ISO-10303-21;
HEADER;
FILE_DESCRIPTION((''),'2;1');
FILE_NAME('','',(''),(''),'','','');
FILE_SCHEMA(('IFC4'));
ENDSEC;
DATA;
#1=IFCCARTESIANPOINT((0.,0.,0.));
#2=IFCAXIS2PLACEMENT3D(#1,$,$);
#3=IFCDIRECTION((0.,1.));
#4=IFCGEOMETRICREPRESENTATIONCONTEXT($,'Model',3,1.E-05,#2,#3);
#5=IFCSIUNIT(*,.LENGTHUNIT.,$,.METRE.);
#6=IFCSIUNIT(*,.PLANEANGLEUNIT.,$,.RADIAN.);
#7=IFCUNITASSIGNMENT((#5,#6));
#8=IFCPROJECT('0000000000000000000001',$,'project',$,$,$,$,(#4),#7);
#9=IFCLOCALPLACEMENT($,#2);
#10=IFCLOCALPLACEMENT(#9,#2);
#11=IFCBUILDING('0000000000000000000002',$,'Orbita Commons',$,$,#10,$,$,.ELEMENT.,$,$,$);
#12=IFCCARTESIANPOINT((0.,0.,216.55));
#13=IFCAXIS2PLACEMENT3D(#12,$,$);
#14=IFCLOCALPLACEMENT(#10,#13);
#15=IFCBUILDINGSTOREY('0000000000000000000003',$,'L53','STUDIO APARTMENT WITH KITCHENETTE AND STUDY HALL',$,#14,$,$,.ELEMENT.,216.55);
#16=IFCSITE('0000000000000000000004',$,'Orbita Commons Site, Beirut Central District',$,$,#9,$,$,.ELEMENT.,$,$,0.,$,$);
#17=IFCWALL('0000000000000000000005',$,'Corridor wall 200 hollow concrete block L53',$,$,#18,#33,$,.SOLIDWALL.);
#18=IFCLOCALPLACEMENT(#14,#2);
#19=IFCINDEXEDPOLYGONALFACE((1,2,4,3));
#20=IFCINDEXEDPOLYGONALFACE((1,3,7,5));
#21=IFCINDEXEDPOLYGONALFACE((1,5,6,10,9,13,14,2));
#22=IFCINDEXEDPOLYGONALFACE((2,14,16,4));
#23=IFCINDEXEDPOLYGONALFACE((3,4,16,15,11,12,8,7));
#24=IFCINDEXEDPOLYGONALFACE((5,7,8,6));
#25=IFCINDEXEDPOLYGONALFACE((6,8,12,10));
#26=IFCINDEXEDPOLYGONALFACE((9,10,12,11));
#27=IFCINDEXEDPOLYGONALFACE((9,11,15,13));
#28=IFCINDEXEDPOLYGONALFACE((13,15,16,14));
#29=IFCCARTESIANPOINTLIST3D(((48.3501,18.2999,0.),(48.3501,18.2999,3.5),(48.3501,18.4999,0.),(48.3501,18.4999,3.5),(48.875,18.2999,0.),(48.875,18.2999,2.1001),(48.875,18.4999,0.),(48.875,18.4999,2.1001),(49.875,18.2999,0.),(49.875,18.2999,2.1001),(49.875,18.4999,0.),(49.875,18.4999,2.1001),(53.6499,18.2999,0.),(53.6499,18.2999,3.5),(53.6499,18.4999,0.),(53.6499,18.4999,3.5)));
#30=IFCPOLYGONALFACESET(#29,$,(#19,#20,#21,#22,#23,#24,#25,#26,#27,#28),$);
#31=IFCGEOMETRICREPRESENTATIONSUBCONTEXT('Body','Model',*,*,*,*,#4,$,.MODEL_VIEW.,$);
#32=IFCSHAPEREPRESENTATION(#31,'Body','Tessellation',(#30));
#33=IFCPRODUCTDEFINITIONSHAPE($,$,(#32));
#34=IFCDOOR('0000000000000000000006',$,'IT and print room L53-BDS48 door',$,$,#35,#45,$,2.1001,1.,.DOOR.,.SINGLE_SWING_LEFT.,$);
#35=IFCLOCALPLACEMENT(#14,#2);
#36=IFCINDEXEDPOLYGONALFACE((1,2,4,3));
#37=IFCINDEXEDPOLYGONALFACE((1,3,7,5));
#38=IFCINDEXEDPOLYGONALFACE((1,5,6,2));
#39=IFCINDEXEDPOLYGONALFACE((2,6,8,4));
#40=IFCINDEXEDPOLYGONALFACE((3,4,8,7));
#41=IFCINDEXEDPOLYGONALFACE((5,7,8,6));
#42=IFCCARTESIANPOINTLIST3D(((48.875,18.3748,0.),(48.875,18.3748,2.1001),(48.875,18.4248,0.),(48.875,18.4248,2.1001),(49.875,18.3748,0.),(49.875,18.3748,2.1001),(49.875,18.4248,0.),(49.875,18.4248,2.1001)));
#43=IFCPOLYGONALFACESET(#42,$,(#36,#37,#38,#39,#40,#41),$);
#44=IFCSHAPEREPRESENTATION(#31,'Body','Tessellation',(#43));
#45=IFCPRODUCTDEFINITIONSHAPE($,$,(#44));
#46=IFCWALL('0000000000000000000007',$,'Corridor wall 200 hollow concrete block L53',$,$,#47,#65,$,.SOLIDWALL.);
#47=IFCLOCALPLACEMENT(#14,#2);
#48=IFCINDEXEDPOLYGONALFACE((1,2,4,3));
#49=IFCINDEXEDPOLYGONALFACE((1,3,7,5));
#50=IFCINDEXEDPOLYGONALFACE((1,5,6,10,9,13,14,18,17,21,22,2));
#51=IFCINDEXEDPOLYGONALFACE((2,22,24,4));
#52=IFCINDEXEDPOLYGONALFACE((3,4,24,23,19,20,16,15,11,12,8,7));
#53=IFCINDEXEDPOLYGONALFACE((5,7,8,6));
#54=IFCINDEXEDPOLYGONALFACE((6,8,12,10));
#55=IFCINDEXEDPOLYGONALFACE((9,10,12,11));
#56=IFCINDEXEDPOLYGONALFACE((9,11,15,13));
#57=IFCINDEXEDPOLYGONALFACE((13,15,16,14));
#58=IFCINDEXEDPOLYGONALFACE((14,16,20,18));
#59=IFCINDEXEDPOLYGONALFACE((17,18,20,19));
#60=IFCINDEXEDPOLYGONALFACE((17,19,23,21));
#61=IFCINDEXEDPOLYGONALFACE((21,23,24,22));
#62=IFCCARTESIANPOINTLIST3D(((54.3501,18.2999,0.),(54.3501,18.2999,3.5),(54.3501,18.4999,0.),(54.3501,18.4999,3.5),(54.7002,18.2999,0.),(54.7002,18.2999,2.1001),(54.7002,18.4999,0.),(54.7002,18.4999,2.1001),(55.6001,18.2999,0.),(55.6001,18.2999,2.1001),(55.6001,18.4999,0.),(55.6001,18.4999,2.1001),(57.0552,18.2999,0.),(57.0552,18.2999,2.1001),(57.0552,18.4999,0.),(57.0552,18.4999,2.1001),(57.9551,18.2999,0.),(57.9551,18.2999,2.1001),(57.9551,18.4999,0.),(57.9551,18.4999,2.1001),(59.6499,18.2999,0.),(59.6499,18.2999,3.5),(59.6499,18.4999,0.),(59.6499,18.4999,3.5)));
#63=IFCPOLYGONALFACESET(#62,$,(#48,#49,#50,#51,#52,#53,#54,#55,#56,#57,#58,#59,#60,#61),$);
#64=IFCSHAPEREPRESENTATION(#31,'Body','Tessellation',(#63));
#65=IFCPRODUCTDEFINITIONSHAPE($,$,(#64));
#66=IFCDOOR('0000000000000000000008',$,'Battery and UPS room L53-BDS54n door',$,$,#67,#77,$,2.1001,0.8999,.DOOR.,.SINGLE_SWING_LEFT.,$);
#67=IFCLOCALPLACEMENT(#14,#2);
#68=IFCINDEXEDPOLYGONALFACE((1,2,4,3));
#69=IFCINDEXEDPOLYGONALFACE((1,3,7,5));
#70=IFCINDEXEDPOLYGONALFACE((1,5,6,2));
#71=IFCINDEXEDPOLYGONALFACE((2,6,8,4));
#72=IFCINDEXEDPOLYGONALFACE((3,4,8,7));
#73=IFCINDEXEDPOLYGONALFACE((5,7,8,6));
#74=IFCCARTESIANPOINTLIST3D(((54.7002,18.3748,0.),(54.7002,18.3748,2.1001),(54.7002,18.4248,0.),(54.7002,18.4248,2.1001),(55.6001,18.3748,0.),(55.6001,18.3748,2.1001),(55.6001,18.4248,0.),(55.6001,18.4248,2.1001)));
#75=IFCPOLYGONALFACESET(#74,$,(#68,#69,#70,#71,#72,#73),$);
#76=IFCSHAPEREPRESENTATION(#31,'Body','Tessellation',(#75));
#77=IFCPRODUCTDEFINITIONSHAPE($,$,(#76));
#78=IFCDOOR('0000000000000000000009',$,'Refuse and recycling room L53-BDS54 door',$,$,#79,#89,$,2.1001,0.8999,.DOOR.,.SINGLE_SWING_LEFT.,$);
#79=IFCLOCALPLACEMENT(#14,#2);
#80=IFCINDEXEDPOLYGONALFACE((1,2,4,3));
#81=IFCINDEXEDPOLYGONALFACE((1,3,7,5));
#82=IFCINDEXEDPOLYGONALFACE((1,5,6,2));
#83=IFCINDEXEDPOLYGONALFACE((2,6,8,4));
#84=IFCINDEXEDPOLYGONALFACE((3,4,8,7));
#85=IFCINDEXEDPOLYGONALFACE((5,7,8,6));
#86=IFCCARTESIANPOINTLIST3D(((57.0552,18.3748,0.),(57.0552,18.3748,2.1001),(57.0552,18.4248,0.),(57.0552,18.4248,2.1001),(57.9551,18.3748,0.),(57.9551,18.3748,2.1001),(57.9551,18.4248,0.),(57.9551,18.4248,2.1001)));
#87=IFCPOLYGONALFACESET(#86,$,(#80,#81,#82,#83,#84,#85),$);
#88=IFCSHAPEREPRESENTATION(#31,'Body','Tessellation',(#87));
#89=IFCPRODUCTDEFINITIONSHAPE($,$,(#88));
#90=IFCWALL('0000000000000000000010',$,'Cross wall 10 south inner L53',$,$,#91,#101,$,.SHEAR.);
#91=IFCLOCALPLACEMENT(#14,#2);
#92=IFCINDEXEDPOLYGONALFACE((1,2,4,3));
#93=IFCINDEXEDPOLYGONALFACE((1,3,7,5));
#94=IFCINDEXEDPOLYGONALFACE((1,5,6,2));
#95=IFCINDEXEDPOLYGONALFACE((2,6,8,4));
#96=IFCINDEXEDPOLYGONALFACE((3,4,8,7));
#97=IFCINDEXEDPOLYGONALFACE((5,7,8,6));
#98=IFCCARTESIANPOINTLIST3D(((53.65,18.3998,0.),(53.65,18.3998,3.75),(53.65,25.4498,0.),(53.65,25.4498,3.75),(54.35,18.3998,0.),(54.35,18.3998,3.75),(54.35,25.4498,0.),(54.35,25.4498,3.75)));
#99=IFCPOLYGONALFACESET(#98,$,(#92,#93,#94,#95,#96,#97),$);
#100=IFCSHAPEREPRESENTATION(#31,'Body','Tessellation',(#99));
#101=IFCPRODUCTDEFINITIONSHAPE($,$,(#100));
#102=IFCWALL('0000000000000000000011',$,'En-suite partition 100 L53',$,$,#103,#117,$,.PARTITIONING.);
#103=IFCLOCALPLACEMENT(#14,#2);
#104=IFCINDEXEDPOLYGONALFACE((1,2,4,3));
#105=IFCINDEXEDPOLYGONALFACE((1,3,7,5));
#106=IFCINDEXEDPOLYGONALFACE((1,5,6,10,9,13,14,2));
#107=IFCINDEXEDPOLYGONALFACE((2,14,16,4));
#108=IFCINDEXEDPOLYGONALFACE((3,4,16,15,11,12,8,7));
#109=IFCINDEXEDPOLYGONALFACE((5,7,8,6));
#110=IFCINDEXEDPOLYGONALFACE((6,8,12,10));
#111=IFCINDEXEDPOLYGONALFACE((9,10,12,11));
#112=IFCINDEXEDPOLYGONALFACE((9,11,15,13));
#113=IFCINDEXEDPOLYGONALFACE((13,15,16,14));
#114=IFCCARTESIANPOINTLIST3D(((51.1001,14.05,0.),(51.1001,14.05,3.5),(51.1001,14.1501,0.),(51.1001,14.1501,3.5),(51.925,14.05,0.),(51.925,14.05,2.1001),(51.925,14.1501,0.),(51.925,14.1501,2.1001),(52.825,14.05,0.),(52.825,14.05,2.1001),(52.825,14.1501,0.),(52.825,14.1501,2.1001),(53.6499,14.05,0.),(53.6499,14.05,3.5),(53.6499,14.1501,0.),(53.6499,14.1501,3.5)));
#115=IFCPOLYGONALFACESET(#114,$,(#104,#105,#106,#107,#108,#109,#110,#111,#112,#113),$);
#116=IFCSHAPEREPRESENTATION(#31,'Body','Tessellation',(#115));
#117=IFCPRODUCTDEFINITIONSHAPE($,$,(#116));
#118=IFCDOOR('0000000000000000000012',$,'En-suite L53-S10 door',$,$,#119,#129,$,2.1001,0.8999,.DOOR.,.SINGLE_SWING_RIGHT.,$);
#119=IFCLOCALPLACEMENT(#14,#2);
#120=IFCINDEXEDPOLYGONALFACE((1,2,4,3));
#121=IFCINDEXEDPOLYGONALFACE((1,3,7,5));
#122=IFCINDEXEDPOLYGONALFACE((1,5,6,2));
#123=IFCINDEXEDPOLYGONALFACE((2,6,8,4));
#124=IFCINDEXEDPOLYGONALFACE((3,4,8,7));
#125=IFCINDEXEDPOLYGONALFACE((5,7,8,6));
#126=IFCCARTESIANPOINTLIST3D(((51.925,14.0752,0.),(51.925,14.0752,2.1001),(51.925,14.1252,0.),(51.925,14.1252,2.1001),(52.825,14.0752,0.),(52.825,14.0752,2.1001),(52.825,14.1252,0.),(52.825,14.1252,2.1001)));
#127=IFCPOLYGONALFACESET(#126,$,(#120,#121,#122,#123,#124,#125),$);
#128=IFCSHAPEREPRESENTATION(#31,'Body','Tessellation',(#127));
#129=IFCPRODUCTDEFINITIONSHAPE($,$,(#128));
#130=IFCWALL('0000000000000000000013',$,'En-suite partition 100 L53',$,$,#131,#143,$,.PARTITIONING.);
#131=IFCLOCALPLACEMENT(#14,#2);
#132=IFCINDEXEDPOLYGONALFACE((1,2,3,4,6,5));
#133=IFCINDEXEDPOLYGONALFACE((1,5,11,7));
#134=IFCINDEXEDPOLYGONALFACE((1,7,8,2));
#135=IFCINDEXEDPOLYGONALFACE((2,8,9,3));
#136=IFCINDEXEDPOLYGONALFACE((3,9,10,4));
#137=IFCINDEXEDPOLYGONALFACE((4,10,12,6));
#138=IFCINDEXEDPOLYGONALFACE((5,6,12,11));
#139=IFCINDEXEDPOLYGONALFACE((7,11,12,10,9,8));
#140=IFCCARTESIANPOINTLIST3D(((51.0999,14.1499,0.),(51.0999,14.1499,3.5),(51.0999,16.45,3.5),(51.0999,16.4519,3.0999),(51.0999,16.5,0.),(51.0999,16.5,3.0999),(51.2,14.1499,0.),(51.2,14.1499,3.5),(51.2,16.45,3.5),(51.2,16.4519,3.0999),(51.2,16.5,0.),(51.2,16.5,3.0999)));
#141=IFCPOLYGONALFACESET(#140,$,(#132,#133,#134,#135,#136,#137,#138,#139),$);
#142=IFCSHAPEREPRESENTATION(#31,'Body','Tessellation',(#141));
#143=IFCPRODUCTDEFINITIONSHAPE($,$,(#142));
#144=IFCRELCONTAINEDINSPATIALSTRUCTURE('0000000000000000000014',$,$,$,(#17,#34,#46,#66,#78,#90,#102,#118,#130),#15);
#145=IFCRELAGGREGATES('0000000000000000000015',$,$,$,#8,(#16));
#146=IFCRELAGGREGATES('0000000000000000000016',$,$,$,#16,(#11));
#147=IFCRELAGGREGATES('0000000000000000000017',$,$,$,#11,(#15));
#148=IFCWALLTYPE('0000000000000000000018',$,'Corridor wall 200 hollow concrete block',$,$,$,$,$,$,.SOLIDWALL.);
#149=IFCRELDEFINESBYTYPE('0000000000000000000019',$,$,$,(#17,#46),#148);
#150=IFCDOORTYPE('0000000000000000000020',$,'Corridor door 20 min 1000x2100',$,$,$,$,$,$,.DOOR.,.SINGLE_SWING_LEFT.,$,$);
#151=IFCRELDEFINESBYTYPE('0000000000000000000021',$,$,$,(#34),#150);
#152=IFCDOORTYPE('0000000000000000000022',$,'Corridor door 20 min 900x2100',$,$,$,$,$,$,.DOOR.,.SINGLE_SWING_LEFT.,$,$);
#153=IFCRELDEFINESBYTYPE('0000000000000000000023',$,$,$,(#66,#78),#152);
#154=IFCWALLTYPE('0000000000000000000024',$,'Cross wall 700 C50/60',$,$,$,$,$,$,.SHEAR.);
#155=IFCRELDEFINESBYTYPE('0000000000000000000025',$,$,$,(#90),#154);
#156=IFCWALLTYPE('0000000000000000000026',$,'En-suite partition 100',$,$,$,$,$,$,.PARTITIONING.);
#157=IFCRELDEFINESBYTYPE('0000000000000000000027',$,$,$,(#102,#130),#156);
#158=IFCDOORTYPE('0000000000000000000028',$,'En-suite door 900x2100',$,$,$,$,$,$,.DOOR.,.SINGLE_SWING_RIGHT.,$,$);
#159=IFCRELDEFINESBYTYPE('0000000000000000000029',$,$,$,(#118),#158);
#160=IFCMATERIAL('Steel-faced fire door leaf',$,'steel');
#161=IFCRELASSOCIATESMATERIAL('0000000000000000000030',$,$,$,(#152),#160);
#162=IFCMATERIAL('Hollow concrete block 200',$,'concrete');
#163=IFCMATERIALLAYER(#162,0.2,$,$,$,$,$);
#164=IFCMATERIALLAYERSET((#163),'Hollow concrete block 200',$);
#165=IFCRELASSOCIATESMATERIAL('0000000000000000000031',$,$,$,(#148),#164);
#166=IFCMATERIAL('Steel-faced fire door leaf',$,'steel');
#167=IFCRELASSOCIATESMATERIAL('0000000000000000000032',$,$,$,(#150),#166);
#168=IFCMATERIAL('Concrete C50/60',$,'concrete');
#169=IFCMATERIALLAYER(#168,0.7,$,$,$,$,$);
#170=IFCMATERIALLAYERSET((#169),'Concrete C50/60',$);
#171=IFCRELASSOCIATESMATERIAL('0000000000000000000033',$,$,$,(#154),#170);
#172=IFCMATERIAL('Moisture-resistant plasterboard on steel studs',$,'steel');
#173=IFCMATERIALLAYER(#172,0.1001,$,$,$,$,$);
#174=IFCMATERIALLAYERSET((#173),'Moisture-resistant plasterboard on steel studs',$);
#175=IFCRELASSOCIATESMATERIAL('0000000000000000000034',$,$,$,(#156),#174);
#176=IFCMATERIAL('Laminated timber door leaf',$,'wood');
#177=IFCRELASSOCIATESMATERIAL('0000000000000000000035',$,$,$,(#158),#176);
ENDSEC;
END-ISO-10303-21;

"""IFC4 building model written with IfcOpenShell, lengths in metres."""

from ifc_helpers import new_model, si_unit, direction, frame, frame_2d, origin, place, context, subcontext, project, spatial, polyline, rectangle, outline, extrude, material, layer, layer_set, type_object, element, fill, save


model = new_model("IFC4")

# Units and contexts
model_context = context("Model", 3, precision=1e-05, world=origin(), true_north=direction((0.0, 1.0)))
body_context = subcontext(model_context, "Body", "Model", "MODEL_VIEW")
ifc_project = project(units=[si_unit("LENGTHUNIT", "METRE"), si_unit("PLANEANGLEUNIT", "RADIAN")], contexts=[model_context])

# Site, building, storey
site_placement = place(None, origin())
site = spatial("IfcSite", under=ifc_project, at=site_placement, Name="Orbita Commons Site, Beirut Central District", CompositionType="ELEMENT", RefElevation=0.0)
building_placement = place(site_placement, origin())
building = spatial("IfcBuilding", under=site, at=building_placement, Name="Orbita Commons", CompositionType="ELEMENT")
storey_placement = place(building_placement, frame((0.0, 0.0, 216.55)))
storey = spatial("IfcBuildingStorey", under=building, at=storey_placement, Name="L53", Description="STUDIO APARTMENT WITH KITCHENETTE AND STUDY HALL", CompositionType="ELEMENT", Elevation=216.55)

# Shared definitions
ifc_material_1 = material(Name="Steel-faced fire door leaf", Category="steel")
door_type_1 = type_object("IfcDoorType", Name="Corridor door 20 min 900x2100", OperationType="SINGLE_SWING_LEFT", PredefinedType="DOOR", material=ifc_material_1)

# Wall, opening, door
ifc_material_2 = material(Name="Hollow concrete block 200", Category="concrete")
ifc_layer_1 = layer(ifc_material_2, 0.2)
ifc_layer_set_1 = layer_set([ifc_layer_1], Name="Hollow concrete block 200")
wall_type_1 = type_object("IfcWallType", Name="Corridor wall 200 hollow concrete block", PredefinedType="SOLIDWALL", material=ifc_layer_set_1)
wall_1_placement = place(storey_placement, frame((48.3501, 18.3999, 0.0), z_axis=(0.0, 0.0, 1.0), x_axis=(1.0, 0.0, 0.0)))
wall_1 = element("IfcWall", 1, at=wall_1_placement, inside=storey, type_object=wall_type_1, Name="Corridor wall 200 hollow concrete block L53", PredefinedType="SOLIDWALL", context=body_context, shape_type="SweptSolid", body=[
    extrude(rectangle(XDim=5.2998, YDim=0.2, at=frame_2d((2.6499, 0.0))), origin(), (0.0, 0.0, 1.0), 3.5),
])
opening_1_placement = place(wall_1_placement, frame((0.5249, 0.0, 0.0)))
opening_1 = element("IfcOpeningElement", 2, at=opening_1_placement, cuts=wall_1, PredefinedType="OPENING", context=body_context, shape_type="SweptSolid", body=[
    extrude(rectangle(XDim=1.0, YDim=2.1001, at=frame_2d((0.5, 1.05))), frame((0.0, 0.1099, 0.0), z_axis=(0.0, -1.0, 0.0), x_axis=(1.0, 0.0, 0.0)), (0.0, 0.0, 1.0), 0.22),
])
ifc_material_3 = material(Name="Steel-faced fire door leaf", Category="steel")
door_type_2 = type_object("IfcDoorType", Name="Corridor door 20 min 1000x2100", OperationType="SINGLE_SWING_LEFT", PredefinedType="DOOR", material=ifc_material_3)
door_1_placement = place(opening_1_placement, origin())
door_1 = element("IfcDoor", 3, at=door_1_placement, inside=storey, type_object=door_type_2, Name="IT and print room L53-BDS48 door", OperationType="SINGLE_SWING_LEFT", OverallHeight=2.1001, OverallWidth=1.0, PredefinedType="DOOR", context=body_context, shape_type="SweptSolid", body=[
    extrude(rectangle(XDim=1.0, YDim=2.1001, at=frame_2d((0.5, 1.05))), frame((0.0, 0.0249, 0.0), z_axis=(0.0, -1.0, 0.0), x_axis=(1.0, 0.0, 0.0)), (0.0, 0.0, 1.0), 0.05),
])
fill(opening_1, door_1)

# Wall, openings, doors
wall_2_placement = place(storey_placement, frame((54.3501, 18.3999, 0.0), z_axis=(0.0, 0.0, 1.0), x_axis=(1.0, 0.0, 0.0)))
wall_2 = element("IfcWall", 4, at=wall_2_placement, inside=storey, type_object=wall_type_1, Name="Corridor wall 200 hollow concrete block L53", PredefinedType="SOLIDWALL", context=body_context, shape_type="SweptSolid", body=[
    extrude(rectangle(XDim=5.2998, YDim=0.2, at=frame_2d((2.6499, 0.0))), origin(), (0.0, 0.0, 1.0), 3.5),
])
opening_2_placement = place(wall_2_placement, frame((0.3501, 0.0, 0.0)))
opening_2 = element("IfcOpeningElement", 5, at=opening_2_placement, cuts=wall_2, PredefinedType="OPENING", context=body_context, shape_type="SweptSolid", body=[
    extrude(rectangle(XDim=0.8999, YDim=2.1001, at=frame_2d((0.45, 1.05))), frame((0.0, 0.1099, 0.0), z_axis=(0.0, -1.0, 0.0), x_axis=(1.0, 0.0, 0.0)), (0.0, 0.0, 1.0), 0.22),
])
opening_3_placement = place(wall_2_placement, frame((2.7051, 0.0, 0.0)))
opening_3 = element("IfcOpeningElement", 6, at=opening_3_placement, cuts=wall_2, PredefinedType="OPENING", context=body_context, shape_type="SweptSolid", body=[
    extrude(rectangle(XDim=0.8999, YDim=2.1001, at=frame_2d((0.45, 1.05))), frame((0.0, 0.1099, 0.0), z_axis=(0.0, -1.0, 0.0), x_axis=(1.0, 0.0, 0.0)), (0.0, 0.0, 1.0), 0.22),
])
door_2_placement = place(opening_2_placement, origin())
door_2 = element("IfcDoor", 7, at=door_2_placement, inside=storey, type_object=door_type_1, Name="Battery and UPS room L53-BDS54n door", OperationType="SINGLE_SWING_LEFT", OverallHeight=2.1001, OverallWidth=0.8999, PredefinedType="DOOR", context=body_context, shape_type="SweptSolid", body=[
    extrude(rectangle(XDim=0.8999, YDim=2.1001, at=frame_2d((0.45, 1.05))), frame((0.0, 0.0249, 0.0), z_axis=(0.0, -1.0, 0.0), x_axis=(1.0, 0.0, 0.0)), (0.0, 0.0, 1.0), 0.05),
])
fill(opening_2, door_2)
door_3_placement = place(opening_3_placement, origin())
door_3 = element("IfcDoor", 8, at=door_3_placement, inside=storey, type_object=door_type_1, Name="Refuse and recycling room L53-BDS54 door", OperationType="SINGLE_SWING_LEFT", OverallHeight=2.1001, OverallWidth=0.8999, PredefinedType="DOOR", context=body_context, shape_type="SweptSolid", body=[
    extrude(rectangle(XDim=0.8999, YDim=2.1001, at=frame_2d((0.45, 1.05))), frame((0.0, 0.0249, 0.0), z_axis=(0.0, -1.0, 0.0), x_axis=(1.0, 0.0, 0.0)), (0.0, 0.0, 1.0), 0.05),
])
fill(opening_3, door_3)

# Wall
ifc_material_4 = material(Name="Concrete C50/60", Category="concrete")
ifc_layer_2 = layer(ifc_material_4, 0.7)
ifc_layer_set_2 = layer_set([ifc_layer_2], Name="Concrete C50/60")
wall_type_2 = type_object("IfcWallType", Name="Cross wall 700 C50/60", PredefinedType="SHEAR", material=ifc_layer_set_2)
wall_3_placement = place(storey_placement, frame((54.0, 18.3999, 0.0), z_axis=(0.0, 0.0, 1.0), x_axis=(0.0, 1.0, 0.0)))
element("IfcWall", 9, at=wall_3_placement, inside=storey, type_object=wall_type_2, Name="Cross wall 10 south inner L53", PredefinedType="SHEAR", context=body_context, shape_type="SweptSolid", body=[
    extrude(rectangle(XDim=7.05, YDim=0.7, at=frame_2d((3.5249, 0.0))), origin(), (0.0, 0.0, 1.0), 3.75),
])

# Wall, opening, door
ifc_material_5 = material(Name="Moisture-resistant plasterboard on steel studs", Category="steel")
ifc_layer_3 = layer(ifc_material_5, 0.1001)
ifc_layer_set_3 = layer_set([ifc_layer_3], Name="Moisture-resistant plasterboard on steel studs")
wall_type_3 = type_object("IfcWallType", Name="En-suite partition 100", PredefinedType="PARTITIONING", material=ifc_layer_set_3)
wall_4_placement = place(storey_placement, frame((53.6499, 14.1001, 0.0), z_axis=(0.0, 0.0, 1.0), x_axis=(-1.0, 0.0, 0.0)))
wall_4 = element("IfcWall", 10, at=wall_4_placement, inside=storey, type_object=wall_type_3, Name="En-suite partition 100 L53", PredefinedType="PARTITIONING", context=body_context, shape_type="SweptSolid", body=[
    extrude(rectangle(XDim=2.5498, YDim=0.1001, at=frame_2d((1.2749, 0.0))), origin(), (0.0, 0.0, 1.0), 3.5),
])
opening_4_placement = place(wall_4_placement, frame((0.825, 0.0, 0.0)))
opening_4 = element("IfcOpeningElement", 11, at=opening_4_placement, cuts=wall_4, PredefinedType="OPENING", context=body_context, shape_type="SweptSolid", body=[
    extrude(rectangle(XDim=0.8999, YDim=2.1001, at=frame_2d((0.45, 1.05))), frame((0.0, 0.0601, 0.0), z_axis=(0.0, -1.0, 0.0), x_axis=(1.0, 0.0, 0.0)), (0.0, 0.0, 1.0), 0.1201),
])
ifc_material_6 = material(Name="Laminated timber door leaf", Category="wood")
door_type_3 = type_object("IfcDoorType", Name="En-suite door 900x2100", OperationType="SINGLE_SWING_RIGHT", PredefinedType="DOOR", material=ifc_material_6)
door_4_placement = place(opening_4_placement, origin())
door_4 = element("IfcDoor", 12, at=door_4_placement, inside=storey, type_object=door_type_3, Name="En-suite L53-S10 door", OperationType="SINGLE_SWING_RIGHT", OverallHeight=2.1001, OverallWidth=0.8999, PredefinedType="DOOR", context=body_context, shape_type="SweptSolid", body=[
    extrude(rectangle(XDim=0.8999, YDim=2.1001, at=frame_2d((0.45, 1.05))), frame((0.0, 0.0249, 0.0), z_axis=(0.0, -1.0, 0.0), x_axis=(1.0, 0.0, 0.0)), (0.0, 0.0, 1.0), 0.05),
])
fill(opening_4, door_4)

# Wall
wall_5_placement = place(storey_placement, frame((51.1499, 14.1499, 0.0), z_axis=(0.0, 0.0, 1.0), x_axis=(0.0, 1.0, 0.0)))
element("IfcWall", 13, at=wall_5_placement, inside=storey, type_object=wall_type_3, Name="En-suite partition 100 L53", PredefinedType="PARTITIONING", context=body_context, shape_type="SweptSolid", body=[
    extrude(outline(polyline([(0.0, 0.0), (2.3501, 0.0), (2.3501, 3.0999), (2.302, 3.0999), (2.3, 3.5), (0.0, 3.5), (0.0, 0.0)])), frame((0.0, 0.05, 0.0), z_axis=(0.0, -1.0, 0.0), x_axis=(1.0, 0.0, 0.0)), (0.0, 0.0, 1.0), 0.1001),
])

save(model, "model.ifc")
